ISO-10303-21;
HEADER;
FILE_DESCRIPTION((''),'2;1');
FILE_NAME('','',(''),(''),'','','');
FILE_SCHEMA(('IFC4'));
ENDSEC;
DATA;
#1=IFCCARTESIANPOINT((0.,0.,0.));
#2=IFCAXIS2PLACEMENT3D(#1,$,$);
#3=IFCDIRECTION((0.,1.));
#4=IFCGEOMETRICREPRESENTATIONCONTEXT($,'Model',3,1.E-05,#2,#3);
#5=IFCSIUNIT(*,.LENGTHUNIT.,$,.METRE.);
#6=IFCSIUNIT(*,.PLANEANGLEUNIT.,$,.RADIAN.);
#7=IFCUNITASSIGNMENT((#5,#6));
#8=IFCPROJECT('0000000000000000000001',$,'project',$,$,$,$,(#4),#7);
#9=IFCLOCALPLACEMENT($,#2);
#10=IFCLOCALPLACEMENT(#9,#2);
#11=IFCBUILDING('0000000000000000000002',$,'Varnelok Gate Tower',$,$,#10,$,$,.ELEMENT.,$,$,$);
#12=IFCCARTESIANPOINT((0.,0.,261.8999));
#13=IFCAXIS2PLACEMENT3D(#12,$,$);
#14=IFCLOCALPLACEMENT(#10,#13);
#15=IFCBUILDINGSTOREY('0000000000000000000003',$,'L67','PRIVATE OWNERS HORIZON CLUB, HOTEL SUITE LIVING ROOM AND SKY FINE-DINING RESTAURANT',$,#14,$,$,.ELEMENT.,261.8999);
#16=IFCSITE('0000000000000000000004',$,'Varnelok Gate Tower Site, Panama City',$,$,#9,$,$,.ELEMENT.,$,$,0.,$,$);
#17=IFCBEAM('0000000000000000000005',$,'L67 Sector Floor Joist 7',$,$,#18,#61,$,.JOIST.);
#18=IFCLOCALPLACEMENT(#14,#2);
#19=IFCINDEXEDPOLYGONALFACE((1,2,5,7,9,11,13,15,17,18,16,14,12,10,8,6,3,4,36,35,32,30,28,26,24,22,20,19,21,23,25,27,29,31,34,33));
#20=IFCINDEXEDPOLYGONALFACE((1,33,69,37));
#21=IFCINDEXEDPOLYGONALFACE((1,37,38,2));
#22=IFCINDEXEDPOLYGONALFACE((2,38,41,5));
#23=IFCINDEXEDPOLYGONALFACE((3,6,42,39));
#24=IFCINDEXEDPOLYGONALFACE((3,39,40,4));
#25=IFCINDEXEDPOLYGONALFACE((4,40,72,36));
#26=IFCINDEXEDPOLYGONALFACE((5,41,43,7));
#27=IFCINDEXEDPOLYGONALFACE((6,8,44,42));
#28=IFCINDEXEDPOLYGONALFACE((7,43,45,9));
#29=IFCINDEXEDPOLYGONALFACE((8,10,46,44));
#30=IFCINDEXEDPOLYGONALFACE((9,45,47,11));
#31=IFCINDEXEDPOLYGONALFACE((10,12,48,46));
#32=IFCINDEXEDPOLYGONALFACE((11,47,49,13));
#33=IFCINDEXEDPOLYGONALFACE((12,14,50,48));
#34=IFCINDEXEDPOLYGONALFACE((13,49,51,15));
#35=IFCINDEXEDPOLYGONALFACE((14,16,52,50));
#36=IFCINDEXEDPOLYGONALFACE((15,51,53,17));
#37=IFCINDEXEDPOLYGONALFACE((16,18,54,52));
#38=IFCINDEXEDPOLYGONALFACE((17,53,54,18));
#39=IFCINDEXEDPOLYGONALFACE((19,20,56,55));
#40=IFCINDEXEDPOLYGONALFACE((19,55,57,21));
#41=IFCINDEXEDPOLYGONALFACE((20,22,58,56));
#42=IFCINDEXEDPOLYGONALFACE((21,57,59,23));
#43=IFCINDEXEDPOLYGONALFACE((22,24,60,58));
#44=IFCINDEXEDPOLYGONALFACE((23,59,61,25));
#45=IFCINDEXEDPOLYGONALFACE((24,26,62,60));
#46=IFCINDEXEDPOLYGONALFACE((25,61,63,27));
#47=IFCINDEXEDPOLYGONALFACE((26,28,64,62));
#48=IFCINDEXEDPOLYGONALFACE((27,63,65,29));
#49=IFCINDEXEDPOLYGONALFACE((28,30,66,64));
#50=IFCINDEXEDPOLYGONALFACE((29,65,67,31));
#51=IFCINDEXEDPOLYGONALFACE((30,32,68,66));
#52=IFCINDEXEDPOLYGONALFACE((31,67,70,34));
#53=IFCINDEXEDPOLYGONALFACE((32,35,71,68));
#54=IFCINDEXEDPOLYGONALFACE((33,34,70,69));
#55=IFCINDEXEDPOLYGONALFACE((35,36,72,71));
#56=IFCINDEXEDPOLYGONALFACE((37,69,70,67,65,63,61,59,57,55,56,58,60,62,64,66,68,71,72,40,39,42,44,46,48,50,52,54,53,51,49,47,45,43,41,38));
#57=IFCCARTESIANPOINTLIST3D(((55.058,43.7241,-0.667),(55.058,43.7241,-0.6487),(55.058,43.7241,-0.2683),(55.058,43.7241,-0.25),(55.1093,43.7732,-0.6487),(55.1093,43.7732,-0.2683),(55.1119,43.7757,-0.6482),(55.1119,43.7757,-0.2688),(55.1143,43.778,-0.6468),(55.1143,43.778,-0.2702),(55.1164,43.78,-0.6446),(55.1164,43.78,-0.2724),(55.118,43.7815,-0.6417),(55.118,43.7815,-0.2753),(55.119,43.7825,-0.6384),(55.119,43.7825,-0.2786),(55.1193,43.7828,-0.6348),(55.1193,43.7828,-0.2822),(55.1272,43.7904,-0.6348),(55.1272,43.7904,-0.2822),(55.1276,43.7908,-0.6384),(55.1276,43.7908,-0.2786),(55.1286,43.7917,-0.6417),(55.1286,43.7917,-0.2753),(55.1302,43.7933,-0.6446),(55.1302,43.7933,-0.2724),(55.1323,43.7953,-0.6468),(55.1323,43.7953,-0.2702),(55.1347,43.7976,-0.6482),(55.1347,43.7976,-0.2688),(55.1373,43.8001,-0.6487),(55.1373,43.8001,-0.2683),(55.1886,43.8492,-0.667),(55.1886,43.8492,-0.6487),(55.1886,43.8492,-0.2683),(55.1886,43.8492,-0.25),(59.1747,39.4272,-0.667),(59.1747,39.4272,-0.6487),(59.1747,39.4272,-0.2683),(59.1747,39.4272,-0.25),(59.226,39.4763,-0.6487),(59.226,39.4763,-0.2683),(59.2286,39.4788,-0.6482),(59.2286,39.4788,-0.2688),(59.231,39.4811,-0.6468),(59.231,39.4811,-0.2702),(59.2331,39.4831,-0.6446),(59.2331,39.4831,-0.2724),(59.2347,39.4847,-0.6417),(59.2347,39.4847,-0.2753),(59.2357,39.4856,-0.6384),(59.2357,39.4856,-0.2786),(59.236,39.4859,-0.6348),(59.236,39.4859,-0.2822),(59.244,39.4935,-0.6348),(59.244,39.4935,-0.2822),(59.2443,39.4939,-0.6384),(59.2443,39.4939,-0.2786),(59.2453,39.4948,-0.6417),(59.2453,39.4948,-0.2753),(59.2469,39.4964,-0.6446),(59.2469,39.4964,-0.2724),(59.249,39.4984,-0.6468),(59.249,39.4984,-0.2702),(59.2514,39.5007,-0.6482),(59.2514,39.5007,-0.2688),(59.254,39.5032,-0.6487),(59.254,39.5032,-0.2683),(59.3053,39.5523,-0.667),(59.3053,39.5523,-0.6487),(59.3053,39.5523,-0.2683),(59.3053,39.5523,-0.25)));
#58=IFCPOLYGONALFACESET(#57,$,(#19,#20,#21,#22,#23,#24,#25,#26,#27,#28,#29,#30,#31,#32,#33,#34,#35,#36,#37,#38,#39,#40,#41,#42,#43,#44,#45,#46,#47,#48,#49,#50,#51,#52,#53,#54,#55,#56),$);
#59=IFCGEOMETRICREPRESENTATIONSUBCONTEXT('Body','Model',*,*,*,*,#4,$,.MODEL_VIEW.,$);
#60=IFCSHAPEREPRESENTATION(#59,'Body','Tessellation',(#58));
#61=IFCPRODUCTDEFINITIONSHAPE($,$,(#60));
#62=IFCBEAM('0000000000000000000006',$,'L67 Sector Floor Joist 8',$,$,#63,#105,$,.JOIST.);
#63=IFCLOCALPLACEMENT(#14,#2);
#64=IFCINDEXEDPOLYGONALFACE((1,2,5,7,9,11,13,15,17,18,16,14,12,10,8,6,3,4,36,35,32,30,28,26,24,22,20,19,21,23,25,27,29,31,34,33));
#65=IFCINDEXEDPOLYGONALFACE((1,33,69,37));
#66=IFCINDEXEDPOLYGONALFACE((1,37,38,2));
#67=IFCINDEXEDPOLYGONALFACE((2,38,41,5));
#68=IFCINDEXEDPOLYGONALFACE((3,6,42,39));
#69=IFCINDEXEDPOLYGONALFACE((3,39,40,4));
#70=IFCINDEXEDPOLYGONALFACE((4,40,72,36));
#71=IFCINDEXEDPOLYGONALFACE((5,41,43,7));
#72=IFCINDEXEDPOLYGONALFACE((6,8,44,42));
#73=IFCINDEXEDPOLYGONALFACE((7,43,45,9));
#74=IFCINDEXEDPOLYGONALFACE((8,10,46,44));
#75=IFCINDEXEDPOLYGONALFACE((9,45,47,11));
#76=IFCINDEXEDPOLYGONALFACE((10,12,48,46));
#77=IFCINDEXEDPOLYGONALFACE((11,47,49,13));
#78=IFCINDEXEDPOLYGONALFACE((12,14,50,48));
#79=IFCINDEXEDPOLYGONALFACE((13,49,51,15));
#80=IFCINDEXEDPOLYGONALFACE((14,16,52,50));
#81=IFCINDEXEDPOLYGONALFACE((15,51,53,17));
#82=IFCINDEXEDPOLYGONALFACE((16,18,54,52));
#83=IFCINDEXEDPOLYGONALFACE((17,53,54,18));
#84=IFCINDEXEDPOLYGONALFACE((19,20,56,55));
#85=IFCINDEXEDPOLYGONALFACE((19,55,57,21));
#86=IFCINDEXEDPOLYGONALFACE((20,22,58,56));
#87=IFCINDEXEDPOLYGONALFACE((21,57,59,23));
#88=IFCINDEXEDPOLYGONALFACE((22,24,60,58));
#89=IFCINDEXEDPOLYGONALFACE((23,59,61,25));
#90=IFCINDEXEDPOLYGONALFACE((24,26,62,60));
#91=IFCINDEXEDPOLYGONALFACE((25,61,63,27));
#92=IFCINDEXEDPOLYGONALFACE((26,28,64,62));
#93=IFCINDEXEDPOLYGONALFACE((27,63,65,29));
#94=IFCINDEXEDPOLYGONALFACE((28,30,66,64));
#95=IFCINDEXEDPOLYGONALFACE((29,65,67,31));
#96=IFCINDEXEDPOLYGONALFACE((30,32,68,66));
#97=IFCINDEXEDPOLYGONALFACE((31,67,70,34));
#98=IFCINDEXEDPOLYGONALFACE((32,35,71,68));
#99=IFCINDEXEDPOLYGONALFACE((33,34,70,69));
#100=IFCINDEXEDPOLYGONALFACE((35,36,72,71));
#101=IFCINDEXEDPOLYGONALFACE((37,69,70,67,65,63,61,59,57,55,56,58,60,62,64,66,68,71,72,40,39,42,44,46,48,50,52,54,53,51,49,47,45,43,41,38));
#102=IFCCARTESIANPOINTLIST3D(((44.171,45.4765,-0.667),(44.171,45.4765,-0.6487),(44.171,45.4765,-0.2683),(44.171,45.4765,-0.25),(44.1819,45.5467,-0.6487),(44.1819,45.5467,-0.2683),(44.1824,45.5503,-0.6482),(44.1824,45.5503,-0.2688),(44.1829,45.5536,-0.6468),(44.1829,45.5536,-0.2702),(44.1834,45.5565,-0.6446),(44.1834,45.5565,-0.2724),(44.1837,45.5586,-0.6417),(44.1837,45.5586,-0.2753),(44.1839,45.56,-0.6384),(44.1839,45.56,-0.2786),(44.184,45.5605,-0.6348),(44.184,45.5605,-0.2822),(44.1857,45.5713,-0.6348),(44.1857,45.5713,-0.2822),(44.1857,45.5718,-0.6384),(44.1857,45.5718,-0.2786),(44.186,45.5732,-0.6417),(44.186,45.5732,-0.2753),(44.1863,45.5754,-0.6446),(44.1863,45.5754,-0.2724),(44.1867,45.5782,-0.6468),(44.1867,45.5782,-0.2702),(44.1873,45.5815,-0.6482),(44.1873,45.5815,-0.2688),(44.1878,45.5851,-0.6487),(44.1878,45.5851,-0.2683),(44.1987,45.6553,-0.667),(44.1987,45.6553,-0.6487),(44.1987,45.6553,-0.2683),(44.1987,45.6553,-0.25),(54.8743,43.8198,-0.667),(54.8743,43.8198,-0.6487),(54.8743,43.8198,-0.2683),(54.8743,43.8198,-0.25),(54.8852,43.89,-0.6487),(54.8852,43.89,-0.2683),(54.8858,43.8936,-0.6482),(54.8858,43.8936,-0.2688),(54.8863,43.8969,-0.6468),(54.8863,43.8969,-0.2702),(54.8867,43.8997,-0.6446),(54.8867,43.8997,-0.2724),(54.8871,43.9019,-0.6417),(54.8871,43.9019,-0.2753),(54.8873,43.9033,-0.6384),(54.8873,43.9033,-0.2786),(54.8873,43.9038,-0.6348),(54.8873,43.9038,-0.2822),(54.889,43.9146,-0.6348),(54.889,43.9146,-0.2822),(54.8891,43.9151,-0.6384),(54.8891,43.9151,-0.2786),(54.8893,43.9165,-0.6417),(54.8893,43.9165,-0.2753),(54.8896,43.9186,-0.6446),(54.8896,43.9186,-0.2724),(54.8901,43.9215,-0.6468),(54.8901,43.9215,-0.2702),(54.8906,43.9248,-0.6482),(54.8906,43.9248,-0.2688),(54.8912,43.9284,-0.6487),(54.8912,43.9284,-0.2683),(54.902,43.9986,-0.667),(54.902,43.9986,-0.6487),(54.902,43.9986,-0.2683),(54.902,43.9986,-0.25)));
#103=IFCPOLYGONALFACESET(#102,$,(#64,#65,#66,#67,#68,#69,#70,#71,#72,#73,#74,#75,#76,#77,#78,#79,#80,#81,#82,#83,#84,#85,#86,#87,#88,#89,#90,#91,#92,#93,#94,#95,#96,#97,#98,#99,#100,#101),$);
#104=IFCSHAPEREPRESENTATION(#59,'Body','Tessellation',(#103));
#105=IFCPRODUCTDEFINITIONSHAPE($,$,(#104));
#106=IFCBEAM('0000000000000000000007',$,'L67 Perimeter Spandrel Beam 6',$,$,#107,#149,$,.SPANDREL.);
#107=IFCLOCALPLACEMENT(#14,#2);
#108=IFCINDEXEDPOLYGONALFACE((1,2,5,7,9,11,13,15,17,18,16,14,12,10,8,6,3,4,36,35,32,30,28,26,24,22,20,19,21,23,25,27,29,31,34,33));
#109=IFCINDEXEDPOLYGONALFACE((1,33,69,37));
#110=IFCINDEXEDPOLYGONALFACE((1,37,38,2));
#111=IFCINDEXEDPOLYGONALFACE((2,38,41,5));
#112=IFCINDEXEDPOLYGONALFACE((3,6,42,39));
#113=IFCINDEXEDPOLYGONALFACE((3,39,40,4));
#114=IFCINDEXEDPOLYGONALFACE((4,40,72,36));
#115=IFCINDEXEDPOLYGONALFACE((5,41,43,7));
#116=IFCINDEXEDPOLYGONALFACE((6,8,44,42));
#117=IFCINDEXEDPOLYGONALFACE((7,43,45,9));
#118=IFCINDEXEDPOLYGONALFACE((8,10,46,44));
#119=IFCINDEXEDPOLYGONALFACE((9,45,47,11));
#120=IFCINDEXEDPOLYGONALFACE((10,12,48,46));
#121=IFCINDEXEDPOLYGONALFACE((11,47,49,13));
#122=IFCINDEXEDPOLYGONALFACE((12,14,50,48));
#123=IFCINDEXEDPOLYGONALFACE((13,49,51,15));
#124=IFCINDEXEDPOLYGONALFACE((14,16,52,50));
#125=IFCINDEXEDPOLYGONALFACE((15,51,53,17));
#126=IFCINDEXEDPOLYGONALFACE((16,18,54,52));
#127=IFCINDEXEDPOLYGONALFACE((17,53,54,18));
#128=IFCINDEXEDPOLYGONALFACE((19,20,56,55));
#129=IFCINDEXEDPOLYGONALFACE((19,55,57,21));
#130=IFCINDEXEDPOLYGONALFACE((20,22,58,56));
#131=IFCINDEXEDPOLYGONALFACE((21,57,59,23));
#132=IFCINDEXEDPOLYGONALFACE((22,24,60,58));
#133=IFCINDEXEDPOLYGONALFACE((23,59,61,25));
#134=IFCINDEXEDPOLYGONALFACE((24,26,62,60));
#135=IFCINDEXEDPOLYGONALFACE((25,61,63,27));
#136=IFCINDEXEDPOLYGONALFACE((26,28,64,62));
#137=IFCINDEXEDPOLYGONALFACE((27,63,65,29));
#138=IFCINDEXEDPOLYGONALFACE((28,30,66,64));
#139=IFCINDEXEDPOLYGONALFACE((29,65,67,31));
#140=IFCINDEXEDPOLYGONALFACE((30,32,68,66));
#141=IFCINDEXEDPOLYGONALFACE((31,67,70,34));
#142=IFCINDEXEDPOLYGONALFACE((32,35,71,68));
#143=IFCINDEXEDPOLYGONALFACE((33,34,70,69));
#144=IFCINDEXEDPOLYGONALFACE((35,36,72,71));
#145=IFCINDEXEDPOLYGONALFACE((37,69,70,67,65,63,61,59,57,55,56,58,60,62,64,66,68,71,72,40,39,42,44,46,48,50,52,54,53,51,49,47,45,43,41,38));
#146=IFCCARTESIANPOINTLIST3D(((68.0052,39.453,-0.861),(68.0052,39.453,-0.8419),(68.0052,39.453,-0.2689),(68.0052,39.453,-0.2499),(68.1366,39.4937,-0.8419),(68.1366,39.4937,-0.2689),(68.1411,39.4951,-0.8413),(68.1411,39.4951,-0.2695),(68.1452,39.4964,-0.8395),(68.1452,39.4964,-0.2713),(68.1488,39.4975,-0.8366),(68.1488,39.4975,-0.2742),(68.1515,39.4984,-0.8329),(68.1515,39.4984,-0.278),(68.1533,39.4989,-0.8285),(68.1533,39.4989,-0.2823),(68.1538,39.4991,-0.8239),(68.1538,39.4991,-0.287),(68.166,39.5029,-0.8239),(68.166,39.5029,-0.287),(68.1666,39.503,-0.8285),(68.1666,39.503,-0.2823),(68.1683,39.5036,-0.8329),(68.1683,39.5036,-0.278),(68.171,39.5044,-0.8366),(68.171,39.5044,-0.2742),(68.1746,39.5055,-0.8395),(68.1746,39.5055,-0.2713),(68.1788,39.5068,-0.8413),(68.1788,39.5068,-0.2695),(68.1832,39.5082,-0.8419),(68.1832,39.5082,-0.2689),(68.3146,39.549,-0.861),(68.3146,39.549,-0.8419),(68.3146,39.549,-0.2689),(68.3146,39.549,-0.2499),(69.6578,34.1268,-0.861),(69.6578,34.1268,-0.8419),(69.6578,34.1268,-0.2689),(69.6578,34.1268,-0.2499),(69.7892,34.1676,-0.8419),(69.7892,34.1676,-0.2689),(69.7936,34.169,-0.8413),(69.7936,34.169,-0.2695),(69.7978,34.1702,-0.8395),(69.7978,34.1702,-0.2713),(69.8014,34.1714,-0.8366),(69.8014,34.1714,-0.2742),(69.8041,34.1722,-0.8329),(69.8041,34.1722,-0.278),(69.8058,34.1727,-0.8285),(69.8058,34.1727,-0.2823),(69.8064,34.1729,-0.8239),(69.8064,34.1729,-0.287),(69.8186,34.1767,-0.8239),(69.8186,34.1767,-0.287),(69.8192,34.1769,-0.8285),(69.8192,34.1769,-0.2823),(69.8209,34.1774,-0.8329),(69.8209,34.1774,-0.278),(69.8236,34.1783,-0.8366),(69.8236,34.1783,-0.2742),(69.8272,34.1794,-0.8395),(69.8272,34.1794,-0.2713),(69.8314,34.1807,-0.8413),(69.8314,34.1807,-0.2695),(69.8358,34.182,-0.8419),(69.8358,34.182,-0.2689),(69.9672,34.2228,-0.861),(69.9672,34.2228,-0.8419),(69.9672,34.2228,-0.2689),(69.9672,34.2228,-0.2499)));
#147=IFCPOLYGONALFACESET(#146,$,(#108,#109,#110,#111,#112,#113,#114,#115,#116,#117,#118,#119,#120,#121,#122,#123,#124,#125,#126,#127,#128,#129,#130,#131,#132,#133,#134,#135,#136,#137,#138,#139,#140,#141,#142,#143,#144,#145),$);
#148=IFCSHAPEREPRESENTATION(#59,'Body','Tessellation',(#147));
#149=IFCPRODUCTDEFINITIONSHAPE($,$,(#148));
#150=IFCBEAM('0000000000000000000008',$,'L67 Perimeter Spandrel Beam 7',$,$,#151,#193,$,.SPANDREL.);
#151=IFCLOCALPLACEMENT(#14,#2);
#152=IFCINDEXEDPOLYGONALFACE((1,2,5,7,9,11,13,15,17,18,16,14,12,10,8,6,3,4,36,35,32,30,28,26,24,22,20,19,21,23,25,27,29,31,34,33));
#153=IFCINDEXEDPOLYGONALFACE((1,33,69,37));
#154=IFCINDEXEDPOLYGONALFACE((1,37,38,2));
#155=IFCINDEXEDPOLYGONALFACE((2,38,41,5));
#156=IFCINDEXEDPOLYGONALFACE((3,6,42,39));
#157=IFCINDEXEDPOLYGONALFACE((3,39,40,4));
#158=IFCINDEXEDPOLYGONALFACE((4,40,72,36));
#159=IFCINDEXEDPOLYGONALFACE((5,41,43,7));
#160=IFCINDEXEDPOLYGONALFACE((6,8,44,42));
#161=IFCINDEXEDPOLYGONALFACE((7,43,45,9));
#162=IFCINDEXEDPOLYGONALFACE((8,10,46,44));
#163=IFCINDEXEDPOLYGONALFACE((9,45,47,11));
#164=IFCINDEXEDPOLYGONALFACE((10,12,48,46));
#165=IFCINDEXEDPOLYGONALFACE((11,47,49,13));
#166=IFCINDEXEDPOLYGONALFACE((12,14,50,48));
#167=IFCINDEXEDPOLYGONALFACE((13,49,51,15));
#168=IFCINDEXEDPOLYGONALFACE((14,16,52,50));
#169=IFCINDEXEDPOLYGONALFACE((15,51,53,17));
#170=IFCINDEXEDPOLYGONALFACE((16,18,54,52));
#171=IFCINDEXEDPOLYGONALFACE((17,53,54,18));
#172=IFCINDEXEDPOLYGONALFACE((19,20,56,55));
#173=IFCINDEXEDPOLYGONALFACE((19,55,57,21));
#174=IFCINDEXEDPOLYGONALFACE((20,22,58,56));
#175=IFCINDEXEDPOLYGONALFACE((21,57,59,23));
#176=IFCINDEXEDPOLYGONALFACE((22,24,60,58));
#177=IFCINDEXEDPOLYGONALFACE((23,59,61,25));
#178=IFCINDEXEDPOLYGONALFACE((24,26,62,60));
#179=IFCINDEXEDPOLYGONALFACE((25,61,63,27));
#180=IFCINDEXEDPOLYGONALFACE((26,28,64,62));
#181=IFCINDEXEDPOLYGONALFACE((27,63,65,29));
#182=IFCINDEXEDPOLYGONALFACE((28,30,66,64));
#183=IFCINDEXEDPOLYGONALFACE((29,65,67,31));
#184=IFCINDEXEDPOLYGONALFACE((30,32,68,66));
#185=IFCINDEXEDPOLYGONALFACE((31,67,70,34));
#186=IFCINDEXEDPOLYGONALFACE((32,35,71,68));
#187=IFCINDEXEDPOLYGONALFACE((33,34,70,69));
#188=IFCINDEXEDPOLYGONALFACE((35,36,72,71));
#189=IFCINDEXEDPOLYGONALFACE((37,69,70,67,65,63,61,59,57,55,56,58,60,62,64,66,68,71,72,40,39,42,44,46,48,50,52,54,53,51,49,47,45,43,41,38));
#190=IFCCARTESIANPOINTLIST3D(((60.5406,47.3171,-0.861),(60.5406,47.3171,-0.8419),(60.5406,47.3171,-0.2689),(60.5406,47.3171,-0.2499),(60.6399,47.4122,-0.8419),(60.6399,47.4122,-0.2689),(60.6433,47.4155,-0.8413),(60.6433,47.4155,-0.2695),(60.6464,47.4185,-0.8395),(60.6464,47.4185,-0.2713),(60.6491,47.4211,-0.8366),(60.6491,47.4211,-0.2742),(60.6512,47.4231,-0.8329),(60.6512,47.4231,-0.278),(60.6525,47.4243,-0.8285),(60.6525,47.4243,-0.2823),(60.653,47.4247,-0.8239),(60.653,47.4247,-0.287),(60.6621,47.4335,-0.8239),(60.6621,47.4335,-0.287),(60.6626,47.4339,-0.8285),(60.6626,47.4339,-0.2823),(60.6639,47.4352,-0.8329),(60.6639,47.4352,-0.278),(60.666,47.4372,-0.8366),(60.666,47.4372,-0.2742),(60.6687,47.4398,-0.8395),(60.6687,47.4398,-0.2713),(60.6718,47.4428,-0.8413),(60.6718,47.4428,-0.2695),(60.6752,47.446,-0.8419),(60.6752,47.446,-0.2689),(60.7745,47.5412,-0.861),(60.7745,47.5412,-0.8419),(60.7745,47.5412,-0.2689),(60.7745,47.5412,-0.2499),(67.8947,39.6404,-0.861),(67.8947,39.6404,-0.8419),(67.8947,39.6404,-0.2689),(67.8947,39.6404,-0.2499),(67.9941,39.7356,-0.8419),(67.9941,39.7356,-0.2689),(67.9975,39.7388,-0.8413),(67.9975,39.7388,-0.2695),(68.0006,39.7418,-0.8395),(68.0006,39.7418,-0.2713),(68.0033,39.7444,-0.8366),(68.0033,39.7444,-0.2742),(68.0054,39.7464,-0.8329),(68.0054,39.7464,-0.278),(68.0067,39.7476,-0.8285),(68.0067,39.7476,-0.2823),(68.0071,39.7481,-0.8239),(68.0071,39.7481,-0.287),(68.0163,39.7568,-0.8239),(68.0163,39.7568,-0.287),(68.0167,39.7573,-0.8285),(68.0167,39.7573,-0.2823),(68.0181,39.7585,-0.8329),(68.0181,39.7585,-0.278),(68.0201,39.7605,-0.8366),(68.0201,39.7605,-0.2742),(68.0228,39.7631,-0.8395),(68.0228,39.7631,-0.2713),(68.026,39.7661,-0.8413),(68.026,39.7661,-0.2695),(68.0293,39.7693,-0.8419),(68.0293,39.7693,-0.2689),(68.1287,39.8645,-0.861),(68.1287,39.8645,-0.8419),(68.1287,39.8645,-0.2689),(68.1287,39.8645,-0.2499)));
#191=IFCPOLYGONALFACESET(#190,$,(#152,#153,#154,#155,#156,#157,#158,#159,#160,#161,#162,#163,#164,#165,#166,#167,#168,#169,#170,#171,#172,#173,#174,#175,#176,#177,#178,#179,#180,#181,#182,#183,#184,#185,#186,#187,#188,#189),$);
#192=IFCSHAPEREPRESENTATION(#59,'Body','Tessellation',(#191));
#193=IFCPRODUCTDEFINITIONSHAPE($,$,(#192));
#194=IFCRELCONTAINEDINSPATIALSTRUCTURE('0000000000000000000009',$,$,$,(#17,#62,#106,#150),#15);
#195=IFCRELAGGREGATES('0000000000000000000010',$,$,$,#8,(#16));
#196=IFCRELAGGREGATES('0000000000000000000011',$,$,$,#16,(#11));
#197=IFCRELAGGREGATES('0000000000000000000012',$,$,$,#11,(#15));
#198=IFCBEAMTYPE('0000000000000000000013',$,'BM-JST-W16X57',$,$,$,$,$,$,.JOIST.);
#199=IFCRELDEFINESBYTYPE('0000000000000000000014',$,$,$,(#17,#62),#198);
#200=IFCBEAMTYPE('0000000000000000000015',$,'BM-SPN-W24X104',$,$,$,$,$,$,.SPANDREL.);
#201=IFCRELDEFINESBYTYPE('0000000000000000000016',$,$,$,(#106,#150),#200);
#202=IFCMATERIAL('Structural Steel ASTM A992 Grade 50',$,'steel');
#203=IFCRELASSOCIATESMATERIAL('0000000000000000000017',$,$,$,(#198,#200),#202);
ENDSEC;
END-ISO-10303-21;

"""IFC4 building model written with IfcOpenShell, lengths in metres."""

from ifc_helpers import new_model, si_unit, direction, frame, origin, origin_2d, place, context, subcontext, project, spatial, i_section, extrude, material, material_profile, profile_set, type_object, element, save


model = new_model("IFC4")

# Units and contexts
model_context = context("Model", 3, precision=1e-05, world=origin(), true_north=direction((0.0, 1.0)))
body_context = subcontext(model_context, "Body", "Model", "MODEL_VIEW")
ifc_project = project(units=[si_unit("LENGTHUNIT", "METRE"), si_unit("PLANEANGLEUNIT", "RADIAN")], contexts=[model_context])

# Site, building, storey
site_placement = place(None, origin())
site = spatial("IfcSite", under=ifc_project, at=site_placement, Name="Varnelok Gate Tower Site, Panama City", CompositionType="ELEMENT", RefElevation=0.0)
building_placement = place(site_placement, origin())
building = spatial("IfcBuilding", under=site, at=building_placement, Name="Varnelok Gate Tower", CompositionType="ELEMENT")
storey_placement = place(building_placement, frame((0.0, 0.0, 261.8999)))
storey = spatial("IfcBuildingStorey", under=building, at=storey_placement, Name="L67", Description="PRIVATE OWNERS HORIZON CLUB, HOTEL SUITE LIVING ROOM AND SKY FINE-DINING RESTAURANT", CompositionType="ELEMENT", Elevation=261.8999)

# Shared definitions
ifc_material_1 = material(Name="Structural Steel ASTM A992 Grade 50", Category="steel")

# Beams
ifc_material_profile_1 = material_profile(ifc_material_1, i_section(OverallWidth=0.1809, OverallDepth=0.417, WebThickness=0.011, FlangeThickness=0.0183, FilletRadius=0.0139, at=origin_2d()), Name="W16X57")
ifc_profile_set_1 = profile_set([ifc_material_profile_1], Name="Structural Steel ASTM A992 Grade 50")
beam_type_1 = type_object("IfcBeamType", Name="BM-JST-W16X57", PredefinedType="JOIST", material=ifc_profile_set_1)
beam_1_placement = place(storey_placement, frame((59.24, 39.4897, -0.4585), z_axis=(-0.691806, 0.722084, 0.0), x_axis=(-0.722084, -0.691806, 0.0)))
element("IfcBeam", 1, at=beam_1_placement, inside=storey, type_object=beam_type_1, Name="L67 Sector Floor Joist 7", PredefinedType="JOIST", context=body_context, shape_type="SweptSolid", body=[
    extrude(i_section(OverallWidth=0.1809, OverallDepth=0.417, WebThickness=0.011, FlangeThickness=0.0183, FilletRadius=0.0139, at=origin_2d()), origin(), (0.0, 0.0, 1.0), 5.9507),
])
beam_2_placement = place(storey_placement, frame((54.8882, 43.9092, -0.4585), z_axis=(-0.988232, 0.152965, 0.0), x_axis=(-0.152965, -0.988232, 0.0)))
element("IfcBeam", 2, at=beam_2_placement, inside=storey, type_object=beam_type_1, Name="L67 Sector Floor Joist 8", PredefinedType="JOIST", context=body_context, shape_type="SweptSolid", body=[
    extrude(i_section(OverallWidth=0.1809, OverallDepth=0.417, WebThickness=0.011, FlangeThickness=0.0183, FilletRadius=0.0139, at=origin_2d()), origin(), (0.0, 0.0, 1.0), 10.8308),
])
ifc_material_profile_2 = material_profile(ifc_material_1, i_section(OverallWidth=0.324, OverallDepth=0.6111, WebThickness=0.0127, FlangeThickness=0.019, FilletRadius=0.0181, at=origin_2d()), Name="W24X104")
ifc_profile_set_2 = profile_set([ifc_material_profile_2], Name="Structural Steel ASTM A992 Grade 50")
beam_type_2 = type_object("IfcBeamType", Name="BM-SPN-W24X104", PredefinedType="SPANDREL", material=ifc_profile_set_2)
beam_3_placement = place(storey_placement, frame((69.8125, 34.1748, -0.5554), z_axis=(-0.29634, 0.955083, 0.0), x_axis=(-0.955083, -0.29634, 0.0)))
element("IfcBeam", 3, at=beam_3_placement, inside=storey, type_object=beam_type_2, Name="L67 Perimeter Spandrel Beam 6", PredefinedType="SPANDREL", context=body_context, shape_type="SweptSolid", body=[
    extrude(i_section(OverallWidth=0.324, OverallDepth=0.6111, WebThickness=0.0127, FlangeThickness=0.019, FilletRadius=0.0181, at=origin_2d()), origin(), (0.0, 0.0, 1.0), 5.5767),
])
beam_4_placement = place(storey_placement, frame((68.0117, 39.7524, -0.5554), z_axis=(-0.691776, 0.722112, 0.0), x_axis=(-0.722112, -0.691776, 0.0)))
element("IfcBeam", 4, at=beam_4_placement, inside=storey, type_object=beam_type_2, Name="L67 Perimeter Spandrel Beam 7", PredefinedType="SPANDREL", context=body_context, shape_type="SweptSolid", body=[
    extrude(i_section(OverallWidth=0.324, OverallDepth=0.6111, WebThickness=0.0127, FlangeThickness=0.019, FilletRadius=0.0181, at=origin_2d()), origin(), (0.0, 0.0, 1.0), 10.6309),
])

save(model, "model.ifc")
